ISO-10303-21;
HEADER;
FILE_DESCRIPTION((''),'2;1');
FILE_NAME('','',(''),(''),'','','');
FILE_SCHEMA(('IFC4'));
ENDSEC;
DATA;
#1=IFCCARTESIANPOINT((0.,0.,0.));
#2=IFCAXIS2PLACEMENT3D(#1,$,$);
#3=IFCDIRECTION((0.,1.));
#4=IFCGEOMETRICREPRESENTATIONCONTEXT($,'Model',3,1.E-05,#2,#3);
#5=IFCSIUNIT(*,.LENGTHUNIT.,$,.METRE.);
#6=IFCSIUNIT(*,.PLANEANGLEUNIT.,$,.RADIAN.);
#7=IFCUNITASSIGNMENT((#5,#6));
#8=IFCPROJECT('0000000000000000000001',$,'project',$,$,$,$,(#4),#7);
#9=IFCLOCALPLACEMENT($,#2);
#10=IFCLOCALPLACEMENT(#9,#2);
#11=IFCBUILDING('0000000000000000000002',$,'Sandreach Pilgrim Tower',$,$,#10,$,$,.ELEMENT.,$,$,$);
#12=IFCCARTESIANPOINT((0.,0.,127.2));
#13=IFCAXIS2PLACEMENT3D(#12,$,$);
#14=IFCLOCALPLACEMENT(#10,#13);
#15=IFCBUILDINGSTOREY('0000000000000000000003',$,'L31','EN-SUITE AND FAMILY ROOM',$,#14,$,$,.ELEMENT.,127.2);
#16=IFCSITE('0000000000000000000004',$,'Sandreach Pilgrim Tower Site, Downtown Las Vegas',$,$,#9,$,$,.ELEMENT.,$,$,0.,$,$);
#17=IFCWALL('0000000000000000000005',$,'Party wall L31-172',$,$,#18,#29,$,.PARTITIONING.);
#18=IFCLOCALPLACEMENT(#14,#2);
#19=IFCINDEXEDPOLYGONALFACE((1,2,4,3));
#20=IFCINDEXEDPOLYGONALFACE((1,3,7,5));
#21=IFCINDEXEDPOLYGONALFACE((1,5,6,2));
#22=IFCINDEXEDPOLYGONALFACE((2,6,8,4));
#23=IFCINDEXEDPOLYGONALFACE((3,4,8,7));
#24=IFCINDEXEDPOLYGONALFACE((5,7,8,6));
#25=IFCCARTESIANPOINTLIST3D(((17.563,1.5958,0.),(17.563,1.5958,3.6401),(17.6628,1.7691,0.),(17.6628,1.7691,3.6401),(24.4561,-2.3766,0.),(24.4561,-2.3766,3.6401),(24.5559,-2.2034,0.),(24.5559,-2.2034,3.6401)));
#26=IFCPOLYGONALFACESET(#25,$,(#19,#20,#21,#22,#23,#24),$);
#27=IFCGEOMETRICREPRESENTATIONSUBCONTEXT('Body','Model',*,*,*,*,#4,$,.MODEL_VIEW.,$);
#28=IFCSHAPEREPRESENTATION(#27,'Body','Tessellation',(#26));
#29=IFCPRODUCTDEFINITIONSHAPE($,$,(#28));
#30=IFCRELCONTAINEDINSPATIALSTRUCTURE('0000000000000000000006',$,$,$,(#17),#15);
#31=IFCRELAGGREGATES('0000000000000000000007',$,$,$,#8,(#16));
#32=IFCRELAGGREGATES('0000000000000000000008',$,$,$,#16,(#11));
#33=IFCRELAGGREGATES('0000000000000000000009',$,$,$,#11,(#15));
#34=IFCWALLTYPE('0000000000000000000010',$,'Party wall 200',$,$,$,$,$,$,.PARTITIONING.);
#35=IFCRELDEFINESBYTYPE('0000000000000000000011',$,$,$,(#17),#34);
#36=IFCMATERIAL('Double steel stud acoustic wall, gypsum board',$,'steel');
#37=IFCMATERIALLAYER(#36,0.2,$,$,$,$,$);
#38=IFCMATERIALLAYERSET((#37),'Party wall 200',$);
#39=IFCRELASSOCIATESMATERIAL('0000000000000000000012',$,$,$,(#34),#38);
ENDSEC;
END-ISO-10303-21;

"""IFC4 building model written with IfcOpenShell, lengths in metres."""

from ifc_helpers import new_model, si_unit, direction, frame, frame_2d, origin, place, context, subcontext, project, spatial, rectangle, extrude, material, layer, layer_set, type_object, element, save


model = new_model("IFC4")

# Units and contexts
model_context = context("Model", 3, precision=1e-05, world=origin(), true_north=direction((0.0, 1.0)))
body_context = subcontext(model_context, "Body", "Model", "MODEL_VIEW")
ifc_project = project(units=[si_unit("LENGTHUNIT", "METRE"), si_unit("PLANEANGLEUNIT", "RADIAN")], contexts=[model_context])

# Site, building, storey
site_placement = place(None, origin())
site = spatial("IfcSite", under=ifc_project, at=site_placement, Name="Sandreach Pilgrim Tower Site, Downtown Las Vegas", CompositionType="ELEMENT", RefElevation=0.0)
building_placement = place(site_placement, origin())
building = spatial("IfcBuilding", under=site, at=building_placement, Name="Sandreach Pilgrim Tower", CompositionType="ELEMENT")
storey_placement = place(building_placement, frame((0.0, 0.0, 127.2)))
storey = spatial("IfcBuildingStorey", under=building, at=storey_placement, Name="L31", Description="EN-SUITE AND FAMILY ROOM", CompositionType="ELEMENT", Elevation=127.2)

# Wall
ifc_material_1 = material(Name="Double steel stud acoustic wall, gypsum board", Category="steel")
ifc_layer_1 = layer(ifc_material_1, 0.2)
ifc_layer_set_1 = layer_set([ifc_layer_1], Name="Party wall 200")
wall_type_1 = type_object("IfcWallType", Name="Party wall 200", PredefinedType="PARTITIONING", material=ifc_layer_set_1)
wall_1_placement = place(storey_placement, frame((24.5061, -2.29, 0.0), z_axis=(0.0, 0.0, 1.0), x_axis=(-0.866423, 0.499312, 0.0)))
element("IfcWall", 1, at=wall_1_placement, inside=storey, type_object=wall_type_1, Name="Party wall L31-172", PredefinedType="PARTITIONING", context=body_context, shape_type="SweptSolid", body=[
    extrude(rectangle(XDim=7.9558, YDim=0.2, at=frame_2d((3.978, 0.0))), origin(), (0.0, 0.0, 1.0), 3.6401),
])

save(model, "model.ifc")
